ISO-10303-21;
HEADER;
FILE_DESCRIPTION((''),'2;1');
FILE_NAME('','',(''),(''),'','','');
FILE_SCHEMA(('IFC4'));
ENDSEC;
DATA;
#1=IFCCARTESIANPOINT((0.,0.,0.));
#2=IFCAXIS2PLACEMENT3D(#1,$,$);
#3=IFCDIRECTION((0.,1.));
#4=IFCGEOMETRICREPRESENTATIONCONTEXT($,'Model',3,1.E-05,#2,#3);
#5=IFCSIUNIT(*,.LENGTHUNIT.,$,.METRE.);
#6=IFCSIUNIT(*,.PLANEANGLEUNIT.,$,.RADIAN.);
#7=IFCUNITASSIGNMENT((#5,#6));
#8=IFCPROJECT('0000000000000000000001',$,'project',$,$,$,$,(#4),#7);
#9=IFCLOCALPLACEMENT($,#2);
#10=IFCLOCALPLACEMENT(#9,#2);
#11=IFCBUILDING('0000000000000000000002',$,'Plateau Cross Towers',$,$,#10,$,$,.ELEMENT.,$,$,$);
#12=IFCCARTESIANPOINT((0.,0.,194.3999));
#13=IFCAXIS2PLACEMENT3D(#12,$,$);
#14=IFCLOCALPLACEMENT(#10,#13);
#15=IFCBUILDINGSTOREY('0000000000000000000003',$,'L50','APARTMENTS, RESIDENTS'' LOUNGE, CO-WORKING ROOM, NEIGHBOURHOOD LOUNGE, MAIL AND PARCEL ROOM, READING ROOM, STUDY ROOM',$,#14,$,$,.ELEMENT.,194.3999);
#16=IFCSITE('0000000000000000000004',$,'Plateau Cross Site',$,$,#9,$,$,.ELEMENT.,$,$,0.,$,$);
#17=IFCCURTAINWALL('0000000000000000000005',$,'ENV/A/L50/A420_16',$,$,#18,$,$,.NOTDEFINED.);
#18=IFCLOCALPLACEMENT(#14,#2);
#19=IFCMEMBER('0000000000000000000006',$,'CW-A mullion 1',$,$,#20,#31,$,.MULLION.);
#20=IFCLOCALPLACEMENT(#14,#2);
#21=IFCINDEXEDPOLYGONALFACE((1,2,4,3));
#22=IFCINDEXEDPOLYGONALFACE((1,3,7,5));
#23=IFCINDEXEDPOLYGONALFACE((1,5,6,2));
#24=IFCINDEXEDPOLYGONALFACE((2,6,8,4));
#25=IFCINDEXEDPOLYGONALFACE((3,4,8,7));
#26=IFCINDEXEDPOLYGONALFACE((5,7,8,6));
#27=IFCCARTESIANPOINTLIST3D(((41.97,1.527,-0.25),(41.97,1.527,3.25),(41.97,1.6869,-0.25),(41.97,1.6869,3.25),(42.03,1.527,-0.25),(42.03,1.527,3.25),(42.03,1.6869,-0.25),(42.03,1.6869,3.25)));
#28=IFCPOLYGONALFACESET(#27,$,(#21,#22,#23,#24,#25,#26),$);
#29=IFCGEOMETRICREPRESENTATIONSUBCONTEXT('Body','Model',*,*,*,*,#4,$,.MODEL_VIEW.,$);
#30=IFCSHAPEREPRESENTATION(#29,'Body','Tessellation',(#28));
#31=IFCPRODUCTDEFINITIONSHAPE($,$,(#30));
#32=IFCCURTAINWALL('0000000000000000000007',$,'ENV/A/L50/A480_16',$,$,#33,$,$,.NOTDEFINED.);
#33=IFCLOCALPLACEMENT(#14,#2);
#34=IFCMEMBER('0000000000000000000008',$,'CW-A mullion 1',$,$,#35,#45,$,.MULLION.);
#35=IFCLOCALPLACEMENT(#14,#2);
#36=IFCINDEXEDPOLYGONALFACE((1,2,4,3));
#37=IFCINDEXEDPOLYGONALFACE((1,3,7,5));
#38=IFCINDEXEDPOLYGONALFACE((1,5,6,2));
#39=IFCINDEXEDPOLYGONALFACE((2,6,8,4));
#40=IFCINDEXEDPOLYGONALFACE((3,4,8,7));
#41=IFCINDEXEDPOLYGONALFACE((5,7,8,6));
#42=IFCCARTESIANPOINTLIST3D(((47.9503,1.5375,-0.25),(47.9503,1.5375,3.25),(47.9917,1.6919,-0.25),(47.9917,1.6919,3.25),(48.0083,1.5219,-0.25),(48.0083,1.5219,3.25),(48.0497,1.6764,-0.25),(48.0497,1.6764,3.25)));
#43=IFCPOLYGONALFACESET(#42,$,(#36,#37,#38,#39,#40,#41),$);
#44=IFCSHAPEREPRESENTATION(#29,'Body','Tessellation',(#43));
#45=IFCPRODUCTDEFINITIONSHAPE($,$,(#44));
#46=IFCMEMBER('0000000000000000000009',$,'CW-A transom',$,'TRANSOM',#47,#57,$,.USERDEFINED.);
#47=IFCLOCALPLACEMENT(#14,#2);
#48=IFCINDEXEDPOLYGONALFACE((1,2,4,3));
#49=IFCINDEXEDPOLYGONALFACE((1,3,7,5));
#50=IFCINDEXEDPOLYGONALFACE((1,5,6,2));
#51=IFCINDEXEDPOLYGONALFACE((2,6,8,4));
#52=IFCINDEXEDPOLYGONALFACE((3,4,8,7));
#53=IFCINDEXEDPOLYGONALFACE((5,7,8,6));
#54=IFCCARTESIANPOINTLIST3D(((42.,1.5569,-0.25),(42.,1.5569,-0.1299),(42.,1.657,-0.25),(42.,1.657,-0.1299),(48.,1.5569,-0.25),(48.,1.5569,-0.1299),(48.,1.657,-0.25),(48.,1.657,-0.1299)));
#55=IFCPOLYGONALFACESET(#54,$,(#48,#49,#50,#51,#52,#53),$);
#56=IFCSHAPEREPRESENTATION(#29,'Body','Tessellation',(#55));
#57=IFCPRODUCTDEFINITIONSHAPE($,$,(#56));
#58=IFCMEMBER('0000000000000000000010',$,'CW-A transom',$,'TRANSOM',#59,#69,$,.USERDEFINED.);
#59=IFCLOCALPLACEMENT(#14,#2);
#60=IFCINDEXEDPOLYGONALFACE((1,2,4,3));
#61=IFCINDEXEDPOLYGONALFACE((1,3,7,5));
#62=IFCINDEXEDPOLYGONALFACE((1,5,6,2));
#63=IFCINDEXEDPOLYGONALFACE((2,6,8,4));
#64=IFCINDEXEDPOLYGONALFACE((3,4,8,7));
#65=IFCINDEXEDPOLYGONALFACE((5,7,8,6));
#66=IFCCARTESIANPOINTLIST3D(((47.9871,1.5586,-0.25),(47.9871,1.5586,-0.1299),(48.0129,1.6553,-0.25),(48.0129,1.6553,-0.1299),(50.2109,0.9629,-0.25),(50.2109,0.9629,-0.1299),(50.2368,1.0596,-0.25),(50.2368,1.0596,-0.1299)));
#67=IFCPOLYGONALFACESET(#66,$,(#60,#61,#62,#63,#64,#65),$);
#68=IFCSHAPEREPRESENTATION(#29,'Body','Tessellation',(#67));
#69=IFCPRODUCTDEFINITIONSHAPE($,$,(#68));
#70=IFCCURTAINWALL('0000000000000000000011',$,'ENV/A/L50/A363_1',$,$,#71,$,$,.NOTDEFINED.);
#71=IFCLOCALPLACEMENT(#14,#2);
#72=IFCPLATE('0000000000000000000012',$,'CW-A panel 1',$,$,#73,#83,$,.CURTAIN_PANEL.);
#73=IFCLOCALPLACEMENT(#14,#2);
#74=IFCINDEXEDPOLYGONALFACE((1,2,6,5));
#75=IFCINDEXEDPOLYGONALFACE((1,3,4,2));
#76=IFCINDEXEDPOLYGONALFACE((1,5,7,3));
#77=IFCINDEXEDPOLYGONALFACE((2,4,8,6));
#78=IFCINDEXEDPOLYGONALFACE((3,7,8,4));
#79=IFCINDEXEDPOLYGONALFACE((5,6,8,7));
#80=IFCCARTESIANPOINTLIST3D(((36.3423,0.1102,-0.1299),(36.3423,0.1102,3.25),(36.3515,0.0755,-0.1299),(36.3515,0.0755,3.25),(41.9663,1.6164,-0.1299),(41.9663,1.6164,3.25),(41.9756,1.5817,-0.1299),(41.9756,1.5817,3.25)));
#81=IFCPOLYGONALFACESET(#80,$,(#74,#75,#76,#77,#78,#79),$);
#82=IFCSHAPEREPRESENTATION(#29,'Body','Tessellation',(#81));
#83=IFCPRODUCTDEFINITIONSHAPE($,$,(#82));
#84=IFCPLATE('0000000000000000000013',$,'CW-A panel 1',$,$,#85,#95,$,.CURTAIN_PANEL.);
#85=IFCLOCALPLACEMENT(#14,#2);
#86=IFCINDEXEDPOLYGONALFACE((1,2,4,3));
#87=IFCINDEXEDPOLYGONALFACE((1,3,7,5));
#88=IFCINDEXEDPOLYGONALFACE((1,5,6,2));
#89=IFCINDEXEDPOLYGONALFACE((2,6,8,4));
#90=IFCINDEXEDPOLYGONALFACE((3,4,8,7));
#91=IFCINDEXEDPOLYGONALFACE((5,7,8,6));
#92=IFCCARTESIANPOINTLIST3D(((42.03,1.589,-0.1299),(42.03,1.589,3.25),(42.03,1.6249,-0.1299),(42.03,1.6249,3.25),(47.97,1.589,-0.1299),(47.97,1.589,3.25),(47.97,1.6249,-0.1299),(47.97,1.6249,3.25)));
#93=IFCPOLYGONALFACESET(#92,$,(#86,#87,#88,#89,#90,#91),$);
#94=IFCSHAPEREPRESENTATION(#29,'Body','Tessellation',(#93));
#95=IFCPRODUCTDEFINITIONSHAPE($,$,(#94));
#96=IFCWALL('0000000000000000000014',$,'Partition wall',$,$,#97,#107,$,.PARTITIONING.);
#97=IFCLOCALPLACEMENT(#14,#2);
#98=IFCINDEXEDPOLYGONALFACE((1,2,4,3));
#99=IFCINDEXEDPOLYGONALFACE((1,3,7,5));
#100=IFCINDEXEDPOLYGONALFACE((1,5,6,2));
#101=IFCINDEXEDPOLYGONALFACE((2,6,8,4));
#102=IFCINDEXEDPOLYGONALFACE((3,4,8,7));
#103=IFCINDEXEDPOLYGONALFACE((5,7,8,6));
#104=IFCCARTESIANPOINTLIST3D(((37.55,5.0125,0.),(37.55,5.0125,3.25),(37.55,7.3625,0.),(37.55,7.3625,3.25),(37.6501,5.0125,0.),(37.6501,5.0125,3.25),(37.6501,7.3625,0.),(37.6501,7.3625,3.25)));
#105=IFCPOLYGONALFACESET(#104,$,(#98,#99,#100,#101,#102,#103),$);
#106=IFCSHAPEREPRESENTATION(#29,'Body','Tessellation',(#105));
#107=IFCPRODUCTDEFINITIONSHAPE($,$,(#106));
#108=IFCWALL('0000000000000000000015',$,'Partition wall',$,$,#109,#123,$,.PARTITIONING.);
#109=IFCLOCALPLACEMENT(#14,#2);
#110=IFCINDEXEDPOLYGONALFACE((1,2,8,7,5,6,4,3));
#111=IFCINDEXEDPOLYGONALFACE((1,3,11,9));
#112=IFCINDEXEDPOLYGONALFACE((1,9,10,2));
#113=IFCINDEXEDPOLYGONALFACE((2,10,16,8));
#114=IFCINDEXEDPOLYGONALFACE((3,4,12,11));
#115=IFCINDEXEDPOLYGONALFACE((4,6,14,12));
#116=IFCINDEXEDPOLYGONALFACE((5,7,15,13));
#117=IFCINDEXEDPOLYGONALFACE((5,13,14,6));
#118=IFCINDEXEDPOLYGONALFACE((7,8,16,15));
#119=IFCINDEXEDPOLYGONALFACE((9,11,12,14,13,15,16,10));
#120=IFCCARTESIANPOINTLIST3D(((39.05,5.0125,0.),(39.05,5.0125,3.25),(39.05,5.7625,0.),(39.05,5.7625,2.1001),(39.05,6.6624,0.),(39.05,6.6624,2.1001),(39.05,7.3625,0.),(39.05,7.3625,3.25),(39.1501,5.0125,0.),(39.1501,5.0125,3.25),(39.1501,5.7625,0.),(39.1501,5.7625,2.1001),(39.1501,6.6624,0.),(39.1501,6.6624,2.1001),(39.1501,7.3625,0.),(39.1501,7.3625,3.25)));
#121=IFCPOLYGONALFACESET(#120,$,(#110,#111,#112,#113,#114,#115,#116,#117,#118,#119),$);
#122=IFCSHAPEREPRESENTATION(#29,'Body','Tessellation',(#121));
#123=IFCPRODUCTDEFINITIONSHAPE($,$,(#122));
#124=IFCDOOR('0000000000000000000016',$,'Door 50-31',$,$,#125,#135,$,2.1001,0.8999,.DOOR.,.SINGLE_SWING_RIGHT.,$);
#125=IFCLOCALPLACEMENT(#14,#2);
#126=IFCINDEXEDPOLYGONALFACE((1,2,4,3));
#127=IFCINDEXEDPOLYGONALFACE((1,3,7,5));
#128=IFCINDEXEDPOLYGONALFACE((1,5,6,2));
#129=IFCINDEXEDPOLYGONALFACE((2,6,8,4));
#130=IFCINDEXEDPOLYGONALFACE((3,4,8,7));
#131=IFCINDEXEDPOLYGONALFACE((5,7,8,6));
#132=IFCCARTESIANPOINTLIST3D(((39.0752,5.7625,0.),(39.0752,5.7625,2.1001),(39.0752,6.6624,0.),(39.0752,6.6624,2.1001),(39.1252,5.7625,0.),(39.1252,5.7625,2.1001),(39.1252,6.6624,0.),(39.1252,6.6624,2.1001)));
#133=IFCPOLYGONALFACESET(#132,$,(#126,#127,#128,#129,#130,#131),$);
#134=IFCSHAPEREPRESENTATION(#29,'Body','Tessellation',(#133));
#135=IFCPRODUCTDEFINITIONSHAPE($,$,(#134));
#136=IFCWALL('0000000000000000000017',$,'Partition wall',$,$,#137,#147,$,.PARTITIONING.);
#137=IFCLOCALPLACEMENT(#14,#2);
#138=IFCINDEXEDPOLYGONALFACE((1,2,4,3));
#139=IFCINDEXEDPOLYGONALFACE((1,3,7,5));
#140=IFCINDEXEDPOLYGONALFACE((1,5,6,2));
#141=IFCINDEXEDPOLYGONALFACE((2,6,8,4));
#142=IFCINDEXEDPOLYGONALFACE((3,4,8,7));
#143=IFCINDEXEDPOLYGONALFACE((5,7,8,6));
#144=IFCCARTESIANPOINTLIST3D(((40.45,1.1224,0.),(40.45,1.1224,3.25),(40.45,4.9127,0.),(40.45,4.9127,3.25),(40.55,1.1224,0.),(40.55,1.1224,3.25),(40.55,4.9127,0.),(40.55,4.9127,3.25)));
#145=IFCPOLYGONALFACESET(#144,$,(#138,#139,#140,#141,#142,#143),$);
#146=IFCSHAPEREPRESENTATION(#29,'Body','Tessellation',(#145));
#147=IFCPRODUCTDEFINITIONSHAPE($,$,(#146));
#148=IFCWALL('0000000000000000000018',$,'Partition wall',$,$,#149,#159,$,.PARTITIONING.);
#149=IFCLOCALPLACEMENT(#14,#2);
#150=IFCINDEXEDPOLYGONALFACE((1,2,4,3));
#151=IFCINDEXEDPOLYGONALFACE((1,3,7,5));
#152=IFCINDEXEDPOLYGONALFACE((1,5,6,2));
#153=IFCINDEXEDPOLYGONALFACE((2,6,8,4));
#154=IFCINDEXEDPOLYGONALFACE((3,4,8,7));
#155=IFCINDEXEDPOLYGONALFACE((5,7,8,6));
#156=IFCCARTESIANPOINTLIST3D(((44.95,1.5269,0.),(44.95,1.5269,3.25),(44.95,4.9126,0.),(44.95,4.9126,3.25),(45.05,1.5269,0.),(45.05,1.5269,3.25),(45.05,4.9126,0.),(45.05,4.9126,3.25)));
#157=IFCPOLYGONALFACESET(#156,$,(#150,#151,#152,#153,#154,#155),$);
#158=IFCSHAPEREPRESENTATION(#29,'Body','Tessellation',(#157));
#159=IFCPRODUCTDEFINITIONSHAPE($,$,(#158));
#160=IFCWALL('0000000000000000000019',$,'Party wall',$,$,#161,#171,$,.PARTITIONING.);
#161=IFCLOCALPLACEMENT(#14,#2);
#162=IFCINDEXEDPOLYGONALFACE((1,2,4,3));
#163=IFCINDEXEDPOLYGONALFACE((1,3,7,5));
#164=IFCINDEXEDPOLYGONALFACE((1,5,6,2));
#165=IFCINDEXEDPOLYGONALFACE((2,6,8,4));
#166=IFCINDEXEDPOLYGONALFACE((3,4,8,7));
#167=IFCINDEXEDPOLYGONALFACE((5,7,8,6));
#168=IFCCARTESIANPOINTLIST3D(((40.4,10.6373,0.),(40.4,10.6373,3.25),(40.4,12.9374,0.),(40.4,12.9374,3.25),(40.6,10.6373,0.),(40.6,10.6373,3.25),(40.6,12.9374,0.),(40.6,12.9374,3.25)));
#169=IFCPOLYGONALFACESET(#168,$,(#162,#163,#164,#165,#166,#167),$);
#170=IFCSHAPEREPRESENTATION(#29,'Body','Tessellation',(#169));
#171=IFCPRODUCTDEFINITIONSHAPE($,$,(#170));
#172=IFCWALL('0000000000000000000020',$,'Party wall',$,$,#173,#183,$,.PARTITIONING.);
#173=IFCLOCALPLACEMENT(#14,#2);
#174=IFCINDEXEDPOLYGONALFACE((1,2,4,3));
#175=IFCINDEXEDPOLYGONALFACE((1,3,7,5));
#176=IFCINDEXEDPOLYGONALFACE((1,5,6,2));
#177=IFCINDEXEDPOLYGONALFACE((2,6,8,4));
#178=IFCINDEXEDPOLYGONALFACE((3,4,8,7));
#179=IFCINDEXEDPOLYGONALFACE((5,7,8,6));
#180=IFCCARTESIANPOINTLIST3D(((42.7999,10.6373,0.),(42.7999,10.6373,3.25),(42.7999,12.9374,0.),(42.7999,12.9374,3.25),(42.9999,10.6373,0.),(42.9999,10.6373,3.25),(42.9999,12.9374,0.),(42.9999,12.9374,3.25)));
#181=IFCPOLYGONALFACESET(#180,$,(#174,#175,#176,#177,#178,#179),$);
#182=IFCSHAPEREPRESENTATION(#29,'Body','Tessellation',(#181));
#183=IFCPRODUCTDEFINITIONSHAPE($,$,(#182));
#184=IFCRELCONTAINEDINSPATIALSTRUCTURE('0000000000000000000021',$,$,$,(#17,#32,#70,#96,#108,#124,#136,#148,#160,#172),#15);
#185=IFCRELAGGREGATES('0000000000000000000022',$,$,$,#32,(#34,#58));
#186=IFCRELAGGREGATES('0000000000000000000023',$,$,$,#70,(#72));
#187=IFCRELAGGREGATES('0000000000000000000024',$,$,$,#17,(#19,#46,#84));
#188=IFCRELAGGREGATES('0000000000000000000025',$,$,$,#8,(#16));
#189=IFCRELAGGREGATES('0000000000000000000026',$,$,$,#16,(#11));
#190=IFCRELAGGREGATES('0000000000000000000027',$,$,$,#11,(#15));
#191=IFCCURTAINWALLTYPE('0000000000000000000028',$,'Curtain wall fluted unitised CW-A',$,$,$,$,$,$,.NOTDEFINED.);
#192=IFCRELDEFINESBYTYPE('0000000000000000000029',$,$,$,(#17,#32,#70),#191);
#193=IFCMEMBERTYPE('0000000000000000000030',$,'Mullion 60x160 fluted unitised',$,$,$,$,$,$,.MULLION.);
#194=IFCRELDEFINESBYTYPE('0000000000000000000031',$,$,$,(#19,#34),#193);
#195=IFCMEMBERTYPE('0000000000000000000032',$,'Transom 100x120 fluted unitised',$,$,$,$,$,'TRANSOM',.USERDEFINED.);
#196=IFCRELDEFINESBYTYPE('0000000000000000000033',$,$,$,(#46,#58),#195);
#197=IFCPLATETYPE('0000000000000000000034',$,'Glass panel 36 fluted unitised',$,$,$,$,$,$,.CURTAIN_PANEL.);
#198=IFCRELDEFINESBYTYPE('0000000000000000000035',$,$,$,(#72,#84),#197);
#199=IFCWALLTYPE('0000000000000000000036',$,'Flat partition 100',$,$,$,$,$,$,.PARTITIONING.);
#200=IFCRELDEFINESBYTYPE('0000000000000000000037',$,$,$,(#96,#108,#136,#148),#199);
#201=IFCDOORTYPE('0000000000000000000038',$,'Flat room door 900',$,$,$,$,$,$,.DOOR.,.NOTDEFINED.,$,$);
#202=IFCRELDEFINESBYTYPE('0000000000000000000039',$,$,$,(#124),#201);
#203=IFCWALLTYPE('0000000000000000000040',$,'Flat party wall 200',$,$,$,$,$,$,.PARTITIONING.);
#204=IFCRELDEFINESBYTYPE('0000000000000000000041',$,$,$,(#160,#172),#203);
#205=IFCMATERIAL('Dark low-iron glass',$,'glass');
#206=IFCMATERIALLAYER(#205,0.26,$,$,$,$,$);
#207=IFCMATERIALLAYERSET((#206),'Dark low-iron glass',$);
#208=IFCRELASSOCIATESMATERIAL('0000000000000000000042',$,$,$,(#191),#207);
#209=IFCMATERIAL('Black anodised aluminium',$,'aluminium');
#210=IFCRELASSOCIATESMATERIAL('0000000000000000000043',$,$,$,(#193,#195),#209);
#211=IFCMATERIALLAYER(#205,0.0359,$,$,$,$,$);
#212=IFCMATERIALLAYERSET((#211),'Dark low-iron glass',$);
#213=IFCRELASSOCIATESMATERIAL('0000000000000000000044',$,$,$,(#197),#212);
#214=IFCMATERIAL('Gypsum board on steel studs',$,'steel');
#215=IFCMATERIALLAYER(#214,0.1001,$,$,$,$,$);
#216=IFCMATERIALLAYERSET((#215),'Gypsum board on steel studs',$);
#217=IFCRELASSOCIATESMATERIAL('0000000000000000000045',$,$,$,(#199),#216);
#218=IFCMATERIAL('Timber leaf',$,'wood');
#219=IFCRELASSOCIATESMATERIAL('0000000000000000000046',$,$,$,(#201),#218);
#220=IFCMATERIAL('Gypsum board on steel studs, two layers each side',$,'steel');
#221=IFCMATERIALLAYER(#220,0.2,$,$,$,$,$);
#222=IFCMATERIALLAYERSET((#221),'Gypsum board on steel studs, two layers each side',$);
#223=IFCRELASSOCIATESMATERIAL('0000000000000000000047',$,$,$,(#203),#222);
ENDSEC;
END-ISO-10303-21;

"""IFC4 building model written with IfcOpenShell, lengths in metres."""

from ifc_helpers import new_model, si_unit, direction, frame, frame_2d, origin, origin_2d, place, context, subcontext, project, spatial, rectangle, extrude, material, layer, layer_set, material_profile, profile_set, type_object, element, fill, aggregate, save


model = new_model("IFC4")

# Units and contexts
model_context = context("Model", 3, precision=1e-05, world=origin(), true_north=direction((0.0, 1.0)))
body_context = subcontext(model_context, "Body", "Model", "MODEL_VIEW")
ifc_project = project(units=[si_unit("LENGTHUNIT", "METRE"), si_unit("PLANEANGLEUNIT", "RADIAN")], contexts=[model_context])

# Site, building, storey
site_placement = place(None, origin())
site = spatial("IfcSite", under=ifc_project, at=site_placement, Name="Plateau Cross Site", CompositionType="ELEMENT", RefElevation=0.0)
building_placement = place(site_placement, origin())
building = spatial("IfcBuilding", under=site, at=building_placement, Name="Plateau Cross Towers", CompositionType="ELEMENT")
storey_placement = place(building_placement, frame((0.0, 0.0, 194.3999)))
storey = spatial("IfcBuildingStorey", under=building, at=storey_placement, Name="L50", Description="APARTMENTS, RESIDENTS' LOUNGE, CO-WORKING ROOM, NEIGHBOURHOOD LOUNGE, MAIL AND PARCEL ROOM, READING ROOM, STUDY ROOM", CompositionType="ELEMENT", Elevation=194.3999)

# Curtain walls, members
ifc_material_1 = material(Name="Dark low-iron glass", Category="glass")
ifc_layer_1 = layer(ifc_material_1, 0.26)
ifc_layer_set_1 = layer_set([ifc_layer_1], Name="Dark low-iron glass")
curtain_wall_type = type_object("IfcCurtainWallType", Name="Curtain wall fluted unitised CW-A", PredefinedType="NOTDEFINED", material=ifc_layer_set_1)
curtain_wall_1_placement = place(storey_placement, origin())
curtain_wall_1 = element("IfcCurtainWall", 1, at=curtain_wall_1_placement, inside=storey, type_object=curtain_wall_type, Name="ENV/A/L50/A420_16", PredefinedType="NOTDEFINED")
ifc_material_2 = material(Name="Black anodised aluminium", Category="aluminium")
ifc_material_profile_1 = material_profile(ifc_material_2, rectangle(XDim=0.0601, YDim=0.1599, at=origin_2d()), Name="MULLION 60x160")
ifc_profile_set_1 = profile_set([ifc_material_profile_1], Name="Black anodised aluminium")
member_type_1 = type_object("IfcMemberType", Name="Mullion 60x160 fluted unitised", PredefinedType="MULLION", material=ifc_profile_set_1)
member_1_placement = place(storey_placement, frame((42.0, 1.6069, -0.25), z_axis=(0.0, 0.0, 1.0), x_axis=(1.0, 0.0, 0.0)))
member_1 = element("IfcMember", 2, at=member_1_placement, type_object=member_type_1, Name="CW-A mullion 1", PredefinedType="MULLION", context=body_context, shape_type="SweptSolid", body=[
    extrude(rectangle(XDim=0.0601, YDim=0.1599, at=origin_2d()), origin(), (0.0, 0.0, 1.0), 3.5),
])
curtain_wall_2_placement = place(storey_placement, origin())
curtain_wall_2 = element("IfcCurtainWall", 3, at=curtain_wall_2_placement, inside=storey, type_object=curtain_wall_type, Name="ENV/A/L50/A480_16", PredefinedType="NOTDEFINED")
member_2_placement = place(storey_placement, frame((48.0, 1.6069, -0.25), z_axis=(0.0, 0.0, 1.0), x_axis=(0.965958, -0.258699, 0.0)))
member_2 = element("IfcMember", 4, at=member_2_placement, type_object=member_type_1, Name="CW-A mullion 1", PredefinedType="MULLION", context=body_context, shape_type="SweptSolid", body=[
    extrude(rectangle(XDim=0.0601, YDim=0.1599, at=origin_2d()), origin(), (0.0, 0.0, 1.0), 3.5),
])

# Members
ifc_material_profile_2 = material_profile(ifc_material_2, rectangle(XDim=0.1001, YDim=0.1201, at=origin_2d()), Name="TRANSOM 100x120")
ifc_profile_set_2 = profile_set([ifc_material_profile_2], Name="Black anodised aluminium")
member_type_2 = type_object("IfcMemberType", Name="Transom 100x120 fluted unitised", ElementType="TRANSOM", PredefinedType="USERDEFINED", material=ifc_profile_set_2)
member_3_placement = place(storey_placement, frame((42.0, 1.6069, -0.1899), z_axis=(1.0, 0.0, 0.0), x_axis=(0.0, 1.0, 0.0)))
member_3 = element("IfcMember", 5, at=member_3_placement, type_object=member_type_2, Name="CW-A transom", ObjectType="TRANSOM", PredefinedType="USERDEFINED", context=body_context, shape_type="SweptSolid", body=[
    extrude(rectangle(XDim=0.1001, YDim=0.1201, at=origin_2d()), origin(), (0.0, 0.0, 1.0), 6.0),
])
member_4_placement = place(storey_placement, frame((48.0, 1.6069, -0.1899), z_axis=(0.965946, -0.258745, 0.0), x_axis=(0.258745, 0.965946, 0.0)))
member_4 = element("IfcMember", 6, at=member_4_placement, type_object=member_type_2, Name="CW-A transom", ObjectType="TRANSOM", PredefinedType="USERDEFINED", context=body_context, shape_type="SweptSolid", body=[
    extrude(rectangle(XDim=0.1001, YDim=0.1201, at=origin_2d()), origin(), (0.0, 0.0, 1.0), 2.3022),
])
aggregate(curtain_wall_2, [member_2, member_4])

# Curtain wall, plate
curtain_wall_3_placement = place(storey_placement, origin())
curtain_wall_3 = element("IfcCurtainWall", 7, at=curtain_wall_3_placement, inside=storey, type_object=curtain_wall_type, Name="ENV/A/L50/A363_1", PredefinedType="NOTDEFINED")
ifc_layer_2 = layer(ifc_material_1, 0.0359)
ifc_layer_set_2 = layer_set([ifc_layer_2], Name="Dark low-iron glass")
plate_type = type_object("IfcPlateType", Name="Glass panel 36 fluted unitised", PredefinedType="CURTAIN_PANEL", material=ifc_layer_set_2)
plate_1_placement = place(storey_placement, frame((39.1589, 0.8459, -0.1299), z_axis=(0.0, 0.0, 1.0), x_axis=(0.965958, 0.258699, 0.0)))
plate_1 = element("IfcPlate", 8, at=plate_1_placement, type_object=plate_type, Name="CW-A panel 1", PredefinedType="CURTAIN_PANEL", context=body_context, shape_type="SweptSolid", body=[
    extrude(rectangle(XDim=5.8223, YDim=0.0359, at=origin_2d()), origin(), (0.0, 0.0, 1.0), 3.3799),
])
aggregate(curtain_wall_3, [plate_1])

# Plate
plate_2_placement = place(storey_placement, frame((45.0, 1.6069, -0.1299), z_axis=(0.0, 0.0, 1.0), x_axis=(1.0, 0.0, 0.0)))
plate_2 = element("IfcPlate", 9, at=plate_2_placement, type_object=plate_type, Name="CW-A panel 1", PredefinedType="CURTAIN_PANEL", context=body_context, shape_type="SweptSolid", body=[
    extrude(rectangle(XDim=5.9399, YDim=0.0359, at=origin_2d()), origin(), (0.0, 0.0, 1.0), 3.3799),
])
aggregate(curtain_wall_1, [member_1, member_3, plate_2])

# Wall
ifc_material_3 = material(Name="Gypsum board on steel studs", Category="steel")
ifc_layer_3 = layer(ifc_material_3, 0.1001)
ifc_layer_set_3 = layer_set([ifc_layer_3], Name="Gypsum board on steel studs")
wall_type_1 = type_object("IfcWallType", Name="Flat partition 100", PredefinedType="PARTITIONING", material=ifc_layer_set_3)
wall_1_placement = place(storey_placement, frame((37.6001, 5.0125, 0.0), z_axis=(0.0, 0.0, 1.0), x_axis=(0.0, 1.0, 0.0)))
element("IfcWall", 10, at=wall_1_placement, inside=storey, type_object=wall_type_1, Name="Partition wall", PredefinedType="PARTITIONING", context=body_context, shape_type="SweptSolid", body=[
    extrude(rectangle(XDim=2.3501, YDim=0.1001, at=frame_2d((1.175, 0.0))), origin(), (0.0, 0.0, 1.0), 3.25),
])

# Wall, opening, door
wall_2_placement = place(storey_placement, frame((39.1001, 5.0125, 0.0), z_axis=(0.0, 0.0, 1.0), x_axis=(0.0, 1.0, 0.0)))
wall_2 = element("IfcWall", 11, at=wall_2_placement, inside=storey, type_object=wall_type_1, Name="Partition wall", PredefinedType="PARTITIONING", context=body_context, shape_type="SweptSolid", body=[
    extrude(rectangle(XDim=2.3501, YDim=0.1001, at=frame_2d((1.175, 0.0))), origin(), (0.0, 0.0, 1.0), 3.25),
])
opening_1_placement = place(wall_2_placement, frame((0.75, 0.0, 0.0)))
opening_1 = element("IfcOpeningElement", 12, at=opening_1_placement, cuts=wall_2, PredefinedType="OPENING", context=body_context, shape_type="SweptSolid", body=[
    extrude(rectangle(XDim=0.8999, YDim=2.1001, at=frame_2d((0.45, 1.05))), frame((0.0, 0.0601, 0.0), z_axis=(0.0, -1.0, 0.0), x_axis=(1.0, 0.0, 0.0)), (0.0, 0.0, 1.0), 0.1201),
])
ifc_material_4 = material(Name="Timber leaf", Category="wood")
door_type_1 = type_object("IfcDoorType", Name="Flat room door 900", OperationType="NOTDEFINED", PredefinedType="DOOR", material=ifc_material_4)
door_1_placement = place(opening_1_placement, origin())
door_1 = element("IfcDoor", 13, at=door_1_placement, inside=storey, type_object=door_type_1, Name="Door 50-31", OperationType="SINGLE_SWING_RIGHT", OverallHeight=2.1001, OverallWidth=0.8999, PredefinedType="DOOR", context=body_context, shape_type="SweptSolid", body=[
    extrude(rectangle(XDim=0.8999, YDim=2.1001, at=frame_2d((0.45, 1.05))), frame((0.0, 0.0249, 0.0), z_axis=(0.0, -1.0, 0.0), x_axis=(1.0, 0.0, 0.0)), (0.0, 0.0, 1.0), 0.05),
])
fill(opening_1, door_1)

# Walls
wall_3_placement = place(storey_placement, frame((40.5, 4.9126, 0.0), z_axis=(0.0, 0.0, 1.0), x_axis=(0.0, -1.0, 0.0)))
element("IfcWall", 14, at=wall_3_placement, inside=storey, type_object=wall_type_1, Name="Partition wall", PredefinedType="PARTITIONING", context=body_context, shape_type="SweptSolid", body=[
    extrude(rectangle(XDim=3.7903, YDim=0.1001, at=frame_2d((1.895, 0.0))), origin(), (0.0, 0.0, 1.0), 3.25),
])
wall_4_placement = place(storey_placement, frame((45.0, 1.5269, 0.0), z_axis=(0.0, 0.0, 1.0), x_axis=(0.0, 1.0, 0.0)))
element("IfcWall", 15, at=wall_4_placement, inside=storey, type_object=wall_type_1, Name="Partition wall", PredefinedType="PARTITIONING", context=body_context, shape_type="SweptSolid", body=[
    extrude(rectangle(XDim=3.3857, YDim=0.1001, at=frame_2d((1.6929, 0.0))), origin(), (0.0, 0.0, 1.0), 3.25),
])
ifc_material_5 = material(Name="Gypsum board on steel studs, two layers each side", Category="steel")
ifc_layer_4 = layer(ifc_material_5, 0.2)
ifc_layer_set_4 = layer_set([ifc_layer_4], Name="Gypsum board on steel studs, two layers each side")
wall_type_2 = type_object("IfcWallType", Name="Flat party wall 200", PredefinedType="PARTITIONING", material=ifc_layer_set_4)
for number, where, z_axis, x_axis, name in (
    (16, (40.5, 10.6375, 0.0), (0.0, 0.0, 1.0), (0.0, 1.0, 0.0), "Party wall"),
    (17, (42.8999, 10.6375, 0.0), (0.0, 0.0, 1.0), (0.0, 1.0, 0.0), "Party wall"),
):
    element("IfcWall", number, at=place(storey_placement, frame(where, z_axis=z_axis, x_axis=x_axis)), inside=storey, type_object=wall_type_2, Name=name, PredefinedType="PARTITIONING", context=body_context, shape_type="SweptSolid", body=[
        extrude(rectangle(XDim=2.3, YDim=0.2, at=frame_2d((1.1499, 0.0))), origin(), (0.0, 0.0, 1.0), 3.25),
    ])

save(model, "model.ifc")
